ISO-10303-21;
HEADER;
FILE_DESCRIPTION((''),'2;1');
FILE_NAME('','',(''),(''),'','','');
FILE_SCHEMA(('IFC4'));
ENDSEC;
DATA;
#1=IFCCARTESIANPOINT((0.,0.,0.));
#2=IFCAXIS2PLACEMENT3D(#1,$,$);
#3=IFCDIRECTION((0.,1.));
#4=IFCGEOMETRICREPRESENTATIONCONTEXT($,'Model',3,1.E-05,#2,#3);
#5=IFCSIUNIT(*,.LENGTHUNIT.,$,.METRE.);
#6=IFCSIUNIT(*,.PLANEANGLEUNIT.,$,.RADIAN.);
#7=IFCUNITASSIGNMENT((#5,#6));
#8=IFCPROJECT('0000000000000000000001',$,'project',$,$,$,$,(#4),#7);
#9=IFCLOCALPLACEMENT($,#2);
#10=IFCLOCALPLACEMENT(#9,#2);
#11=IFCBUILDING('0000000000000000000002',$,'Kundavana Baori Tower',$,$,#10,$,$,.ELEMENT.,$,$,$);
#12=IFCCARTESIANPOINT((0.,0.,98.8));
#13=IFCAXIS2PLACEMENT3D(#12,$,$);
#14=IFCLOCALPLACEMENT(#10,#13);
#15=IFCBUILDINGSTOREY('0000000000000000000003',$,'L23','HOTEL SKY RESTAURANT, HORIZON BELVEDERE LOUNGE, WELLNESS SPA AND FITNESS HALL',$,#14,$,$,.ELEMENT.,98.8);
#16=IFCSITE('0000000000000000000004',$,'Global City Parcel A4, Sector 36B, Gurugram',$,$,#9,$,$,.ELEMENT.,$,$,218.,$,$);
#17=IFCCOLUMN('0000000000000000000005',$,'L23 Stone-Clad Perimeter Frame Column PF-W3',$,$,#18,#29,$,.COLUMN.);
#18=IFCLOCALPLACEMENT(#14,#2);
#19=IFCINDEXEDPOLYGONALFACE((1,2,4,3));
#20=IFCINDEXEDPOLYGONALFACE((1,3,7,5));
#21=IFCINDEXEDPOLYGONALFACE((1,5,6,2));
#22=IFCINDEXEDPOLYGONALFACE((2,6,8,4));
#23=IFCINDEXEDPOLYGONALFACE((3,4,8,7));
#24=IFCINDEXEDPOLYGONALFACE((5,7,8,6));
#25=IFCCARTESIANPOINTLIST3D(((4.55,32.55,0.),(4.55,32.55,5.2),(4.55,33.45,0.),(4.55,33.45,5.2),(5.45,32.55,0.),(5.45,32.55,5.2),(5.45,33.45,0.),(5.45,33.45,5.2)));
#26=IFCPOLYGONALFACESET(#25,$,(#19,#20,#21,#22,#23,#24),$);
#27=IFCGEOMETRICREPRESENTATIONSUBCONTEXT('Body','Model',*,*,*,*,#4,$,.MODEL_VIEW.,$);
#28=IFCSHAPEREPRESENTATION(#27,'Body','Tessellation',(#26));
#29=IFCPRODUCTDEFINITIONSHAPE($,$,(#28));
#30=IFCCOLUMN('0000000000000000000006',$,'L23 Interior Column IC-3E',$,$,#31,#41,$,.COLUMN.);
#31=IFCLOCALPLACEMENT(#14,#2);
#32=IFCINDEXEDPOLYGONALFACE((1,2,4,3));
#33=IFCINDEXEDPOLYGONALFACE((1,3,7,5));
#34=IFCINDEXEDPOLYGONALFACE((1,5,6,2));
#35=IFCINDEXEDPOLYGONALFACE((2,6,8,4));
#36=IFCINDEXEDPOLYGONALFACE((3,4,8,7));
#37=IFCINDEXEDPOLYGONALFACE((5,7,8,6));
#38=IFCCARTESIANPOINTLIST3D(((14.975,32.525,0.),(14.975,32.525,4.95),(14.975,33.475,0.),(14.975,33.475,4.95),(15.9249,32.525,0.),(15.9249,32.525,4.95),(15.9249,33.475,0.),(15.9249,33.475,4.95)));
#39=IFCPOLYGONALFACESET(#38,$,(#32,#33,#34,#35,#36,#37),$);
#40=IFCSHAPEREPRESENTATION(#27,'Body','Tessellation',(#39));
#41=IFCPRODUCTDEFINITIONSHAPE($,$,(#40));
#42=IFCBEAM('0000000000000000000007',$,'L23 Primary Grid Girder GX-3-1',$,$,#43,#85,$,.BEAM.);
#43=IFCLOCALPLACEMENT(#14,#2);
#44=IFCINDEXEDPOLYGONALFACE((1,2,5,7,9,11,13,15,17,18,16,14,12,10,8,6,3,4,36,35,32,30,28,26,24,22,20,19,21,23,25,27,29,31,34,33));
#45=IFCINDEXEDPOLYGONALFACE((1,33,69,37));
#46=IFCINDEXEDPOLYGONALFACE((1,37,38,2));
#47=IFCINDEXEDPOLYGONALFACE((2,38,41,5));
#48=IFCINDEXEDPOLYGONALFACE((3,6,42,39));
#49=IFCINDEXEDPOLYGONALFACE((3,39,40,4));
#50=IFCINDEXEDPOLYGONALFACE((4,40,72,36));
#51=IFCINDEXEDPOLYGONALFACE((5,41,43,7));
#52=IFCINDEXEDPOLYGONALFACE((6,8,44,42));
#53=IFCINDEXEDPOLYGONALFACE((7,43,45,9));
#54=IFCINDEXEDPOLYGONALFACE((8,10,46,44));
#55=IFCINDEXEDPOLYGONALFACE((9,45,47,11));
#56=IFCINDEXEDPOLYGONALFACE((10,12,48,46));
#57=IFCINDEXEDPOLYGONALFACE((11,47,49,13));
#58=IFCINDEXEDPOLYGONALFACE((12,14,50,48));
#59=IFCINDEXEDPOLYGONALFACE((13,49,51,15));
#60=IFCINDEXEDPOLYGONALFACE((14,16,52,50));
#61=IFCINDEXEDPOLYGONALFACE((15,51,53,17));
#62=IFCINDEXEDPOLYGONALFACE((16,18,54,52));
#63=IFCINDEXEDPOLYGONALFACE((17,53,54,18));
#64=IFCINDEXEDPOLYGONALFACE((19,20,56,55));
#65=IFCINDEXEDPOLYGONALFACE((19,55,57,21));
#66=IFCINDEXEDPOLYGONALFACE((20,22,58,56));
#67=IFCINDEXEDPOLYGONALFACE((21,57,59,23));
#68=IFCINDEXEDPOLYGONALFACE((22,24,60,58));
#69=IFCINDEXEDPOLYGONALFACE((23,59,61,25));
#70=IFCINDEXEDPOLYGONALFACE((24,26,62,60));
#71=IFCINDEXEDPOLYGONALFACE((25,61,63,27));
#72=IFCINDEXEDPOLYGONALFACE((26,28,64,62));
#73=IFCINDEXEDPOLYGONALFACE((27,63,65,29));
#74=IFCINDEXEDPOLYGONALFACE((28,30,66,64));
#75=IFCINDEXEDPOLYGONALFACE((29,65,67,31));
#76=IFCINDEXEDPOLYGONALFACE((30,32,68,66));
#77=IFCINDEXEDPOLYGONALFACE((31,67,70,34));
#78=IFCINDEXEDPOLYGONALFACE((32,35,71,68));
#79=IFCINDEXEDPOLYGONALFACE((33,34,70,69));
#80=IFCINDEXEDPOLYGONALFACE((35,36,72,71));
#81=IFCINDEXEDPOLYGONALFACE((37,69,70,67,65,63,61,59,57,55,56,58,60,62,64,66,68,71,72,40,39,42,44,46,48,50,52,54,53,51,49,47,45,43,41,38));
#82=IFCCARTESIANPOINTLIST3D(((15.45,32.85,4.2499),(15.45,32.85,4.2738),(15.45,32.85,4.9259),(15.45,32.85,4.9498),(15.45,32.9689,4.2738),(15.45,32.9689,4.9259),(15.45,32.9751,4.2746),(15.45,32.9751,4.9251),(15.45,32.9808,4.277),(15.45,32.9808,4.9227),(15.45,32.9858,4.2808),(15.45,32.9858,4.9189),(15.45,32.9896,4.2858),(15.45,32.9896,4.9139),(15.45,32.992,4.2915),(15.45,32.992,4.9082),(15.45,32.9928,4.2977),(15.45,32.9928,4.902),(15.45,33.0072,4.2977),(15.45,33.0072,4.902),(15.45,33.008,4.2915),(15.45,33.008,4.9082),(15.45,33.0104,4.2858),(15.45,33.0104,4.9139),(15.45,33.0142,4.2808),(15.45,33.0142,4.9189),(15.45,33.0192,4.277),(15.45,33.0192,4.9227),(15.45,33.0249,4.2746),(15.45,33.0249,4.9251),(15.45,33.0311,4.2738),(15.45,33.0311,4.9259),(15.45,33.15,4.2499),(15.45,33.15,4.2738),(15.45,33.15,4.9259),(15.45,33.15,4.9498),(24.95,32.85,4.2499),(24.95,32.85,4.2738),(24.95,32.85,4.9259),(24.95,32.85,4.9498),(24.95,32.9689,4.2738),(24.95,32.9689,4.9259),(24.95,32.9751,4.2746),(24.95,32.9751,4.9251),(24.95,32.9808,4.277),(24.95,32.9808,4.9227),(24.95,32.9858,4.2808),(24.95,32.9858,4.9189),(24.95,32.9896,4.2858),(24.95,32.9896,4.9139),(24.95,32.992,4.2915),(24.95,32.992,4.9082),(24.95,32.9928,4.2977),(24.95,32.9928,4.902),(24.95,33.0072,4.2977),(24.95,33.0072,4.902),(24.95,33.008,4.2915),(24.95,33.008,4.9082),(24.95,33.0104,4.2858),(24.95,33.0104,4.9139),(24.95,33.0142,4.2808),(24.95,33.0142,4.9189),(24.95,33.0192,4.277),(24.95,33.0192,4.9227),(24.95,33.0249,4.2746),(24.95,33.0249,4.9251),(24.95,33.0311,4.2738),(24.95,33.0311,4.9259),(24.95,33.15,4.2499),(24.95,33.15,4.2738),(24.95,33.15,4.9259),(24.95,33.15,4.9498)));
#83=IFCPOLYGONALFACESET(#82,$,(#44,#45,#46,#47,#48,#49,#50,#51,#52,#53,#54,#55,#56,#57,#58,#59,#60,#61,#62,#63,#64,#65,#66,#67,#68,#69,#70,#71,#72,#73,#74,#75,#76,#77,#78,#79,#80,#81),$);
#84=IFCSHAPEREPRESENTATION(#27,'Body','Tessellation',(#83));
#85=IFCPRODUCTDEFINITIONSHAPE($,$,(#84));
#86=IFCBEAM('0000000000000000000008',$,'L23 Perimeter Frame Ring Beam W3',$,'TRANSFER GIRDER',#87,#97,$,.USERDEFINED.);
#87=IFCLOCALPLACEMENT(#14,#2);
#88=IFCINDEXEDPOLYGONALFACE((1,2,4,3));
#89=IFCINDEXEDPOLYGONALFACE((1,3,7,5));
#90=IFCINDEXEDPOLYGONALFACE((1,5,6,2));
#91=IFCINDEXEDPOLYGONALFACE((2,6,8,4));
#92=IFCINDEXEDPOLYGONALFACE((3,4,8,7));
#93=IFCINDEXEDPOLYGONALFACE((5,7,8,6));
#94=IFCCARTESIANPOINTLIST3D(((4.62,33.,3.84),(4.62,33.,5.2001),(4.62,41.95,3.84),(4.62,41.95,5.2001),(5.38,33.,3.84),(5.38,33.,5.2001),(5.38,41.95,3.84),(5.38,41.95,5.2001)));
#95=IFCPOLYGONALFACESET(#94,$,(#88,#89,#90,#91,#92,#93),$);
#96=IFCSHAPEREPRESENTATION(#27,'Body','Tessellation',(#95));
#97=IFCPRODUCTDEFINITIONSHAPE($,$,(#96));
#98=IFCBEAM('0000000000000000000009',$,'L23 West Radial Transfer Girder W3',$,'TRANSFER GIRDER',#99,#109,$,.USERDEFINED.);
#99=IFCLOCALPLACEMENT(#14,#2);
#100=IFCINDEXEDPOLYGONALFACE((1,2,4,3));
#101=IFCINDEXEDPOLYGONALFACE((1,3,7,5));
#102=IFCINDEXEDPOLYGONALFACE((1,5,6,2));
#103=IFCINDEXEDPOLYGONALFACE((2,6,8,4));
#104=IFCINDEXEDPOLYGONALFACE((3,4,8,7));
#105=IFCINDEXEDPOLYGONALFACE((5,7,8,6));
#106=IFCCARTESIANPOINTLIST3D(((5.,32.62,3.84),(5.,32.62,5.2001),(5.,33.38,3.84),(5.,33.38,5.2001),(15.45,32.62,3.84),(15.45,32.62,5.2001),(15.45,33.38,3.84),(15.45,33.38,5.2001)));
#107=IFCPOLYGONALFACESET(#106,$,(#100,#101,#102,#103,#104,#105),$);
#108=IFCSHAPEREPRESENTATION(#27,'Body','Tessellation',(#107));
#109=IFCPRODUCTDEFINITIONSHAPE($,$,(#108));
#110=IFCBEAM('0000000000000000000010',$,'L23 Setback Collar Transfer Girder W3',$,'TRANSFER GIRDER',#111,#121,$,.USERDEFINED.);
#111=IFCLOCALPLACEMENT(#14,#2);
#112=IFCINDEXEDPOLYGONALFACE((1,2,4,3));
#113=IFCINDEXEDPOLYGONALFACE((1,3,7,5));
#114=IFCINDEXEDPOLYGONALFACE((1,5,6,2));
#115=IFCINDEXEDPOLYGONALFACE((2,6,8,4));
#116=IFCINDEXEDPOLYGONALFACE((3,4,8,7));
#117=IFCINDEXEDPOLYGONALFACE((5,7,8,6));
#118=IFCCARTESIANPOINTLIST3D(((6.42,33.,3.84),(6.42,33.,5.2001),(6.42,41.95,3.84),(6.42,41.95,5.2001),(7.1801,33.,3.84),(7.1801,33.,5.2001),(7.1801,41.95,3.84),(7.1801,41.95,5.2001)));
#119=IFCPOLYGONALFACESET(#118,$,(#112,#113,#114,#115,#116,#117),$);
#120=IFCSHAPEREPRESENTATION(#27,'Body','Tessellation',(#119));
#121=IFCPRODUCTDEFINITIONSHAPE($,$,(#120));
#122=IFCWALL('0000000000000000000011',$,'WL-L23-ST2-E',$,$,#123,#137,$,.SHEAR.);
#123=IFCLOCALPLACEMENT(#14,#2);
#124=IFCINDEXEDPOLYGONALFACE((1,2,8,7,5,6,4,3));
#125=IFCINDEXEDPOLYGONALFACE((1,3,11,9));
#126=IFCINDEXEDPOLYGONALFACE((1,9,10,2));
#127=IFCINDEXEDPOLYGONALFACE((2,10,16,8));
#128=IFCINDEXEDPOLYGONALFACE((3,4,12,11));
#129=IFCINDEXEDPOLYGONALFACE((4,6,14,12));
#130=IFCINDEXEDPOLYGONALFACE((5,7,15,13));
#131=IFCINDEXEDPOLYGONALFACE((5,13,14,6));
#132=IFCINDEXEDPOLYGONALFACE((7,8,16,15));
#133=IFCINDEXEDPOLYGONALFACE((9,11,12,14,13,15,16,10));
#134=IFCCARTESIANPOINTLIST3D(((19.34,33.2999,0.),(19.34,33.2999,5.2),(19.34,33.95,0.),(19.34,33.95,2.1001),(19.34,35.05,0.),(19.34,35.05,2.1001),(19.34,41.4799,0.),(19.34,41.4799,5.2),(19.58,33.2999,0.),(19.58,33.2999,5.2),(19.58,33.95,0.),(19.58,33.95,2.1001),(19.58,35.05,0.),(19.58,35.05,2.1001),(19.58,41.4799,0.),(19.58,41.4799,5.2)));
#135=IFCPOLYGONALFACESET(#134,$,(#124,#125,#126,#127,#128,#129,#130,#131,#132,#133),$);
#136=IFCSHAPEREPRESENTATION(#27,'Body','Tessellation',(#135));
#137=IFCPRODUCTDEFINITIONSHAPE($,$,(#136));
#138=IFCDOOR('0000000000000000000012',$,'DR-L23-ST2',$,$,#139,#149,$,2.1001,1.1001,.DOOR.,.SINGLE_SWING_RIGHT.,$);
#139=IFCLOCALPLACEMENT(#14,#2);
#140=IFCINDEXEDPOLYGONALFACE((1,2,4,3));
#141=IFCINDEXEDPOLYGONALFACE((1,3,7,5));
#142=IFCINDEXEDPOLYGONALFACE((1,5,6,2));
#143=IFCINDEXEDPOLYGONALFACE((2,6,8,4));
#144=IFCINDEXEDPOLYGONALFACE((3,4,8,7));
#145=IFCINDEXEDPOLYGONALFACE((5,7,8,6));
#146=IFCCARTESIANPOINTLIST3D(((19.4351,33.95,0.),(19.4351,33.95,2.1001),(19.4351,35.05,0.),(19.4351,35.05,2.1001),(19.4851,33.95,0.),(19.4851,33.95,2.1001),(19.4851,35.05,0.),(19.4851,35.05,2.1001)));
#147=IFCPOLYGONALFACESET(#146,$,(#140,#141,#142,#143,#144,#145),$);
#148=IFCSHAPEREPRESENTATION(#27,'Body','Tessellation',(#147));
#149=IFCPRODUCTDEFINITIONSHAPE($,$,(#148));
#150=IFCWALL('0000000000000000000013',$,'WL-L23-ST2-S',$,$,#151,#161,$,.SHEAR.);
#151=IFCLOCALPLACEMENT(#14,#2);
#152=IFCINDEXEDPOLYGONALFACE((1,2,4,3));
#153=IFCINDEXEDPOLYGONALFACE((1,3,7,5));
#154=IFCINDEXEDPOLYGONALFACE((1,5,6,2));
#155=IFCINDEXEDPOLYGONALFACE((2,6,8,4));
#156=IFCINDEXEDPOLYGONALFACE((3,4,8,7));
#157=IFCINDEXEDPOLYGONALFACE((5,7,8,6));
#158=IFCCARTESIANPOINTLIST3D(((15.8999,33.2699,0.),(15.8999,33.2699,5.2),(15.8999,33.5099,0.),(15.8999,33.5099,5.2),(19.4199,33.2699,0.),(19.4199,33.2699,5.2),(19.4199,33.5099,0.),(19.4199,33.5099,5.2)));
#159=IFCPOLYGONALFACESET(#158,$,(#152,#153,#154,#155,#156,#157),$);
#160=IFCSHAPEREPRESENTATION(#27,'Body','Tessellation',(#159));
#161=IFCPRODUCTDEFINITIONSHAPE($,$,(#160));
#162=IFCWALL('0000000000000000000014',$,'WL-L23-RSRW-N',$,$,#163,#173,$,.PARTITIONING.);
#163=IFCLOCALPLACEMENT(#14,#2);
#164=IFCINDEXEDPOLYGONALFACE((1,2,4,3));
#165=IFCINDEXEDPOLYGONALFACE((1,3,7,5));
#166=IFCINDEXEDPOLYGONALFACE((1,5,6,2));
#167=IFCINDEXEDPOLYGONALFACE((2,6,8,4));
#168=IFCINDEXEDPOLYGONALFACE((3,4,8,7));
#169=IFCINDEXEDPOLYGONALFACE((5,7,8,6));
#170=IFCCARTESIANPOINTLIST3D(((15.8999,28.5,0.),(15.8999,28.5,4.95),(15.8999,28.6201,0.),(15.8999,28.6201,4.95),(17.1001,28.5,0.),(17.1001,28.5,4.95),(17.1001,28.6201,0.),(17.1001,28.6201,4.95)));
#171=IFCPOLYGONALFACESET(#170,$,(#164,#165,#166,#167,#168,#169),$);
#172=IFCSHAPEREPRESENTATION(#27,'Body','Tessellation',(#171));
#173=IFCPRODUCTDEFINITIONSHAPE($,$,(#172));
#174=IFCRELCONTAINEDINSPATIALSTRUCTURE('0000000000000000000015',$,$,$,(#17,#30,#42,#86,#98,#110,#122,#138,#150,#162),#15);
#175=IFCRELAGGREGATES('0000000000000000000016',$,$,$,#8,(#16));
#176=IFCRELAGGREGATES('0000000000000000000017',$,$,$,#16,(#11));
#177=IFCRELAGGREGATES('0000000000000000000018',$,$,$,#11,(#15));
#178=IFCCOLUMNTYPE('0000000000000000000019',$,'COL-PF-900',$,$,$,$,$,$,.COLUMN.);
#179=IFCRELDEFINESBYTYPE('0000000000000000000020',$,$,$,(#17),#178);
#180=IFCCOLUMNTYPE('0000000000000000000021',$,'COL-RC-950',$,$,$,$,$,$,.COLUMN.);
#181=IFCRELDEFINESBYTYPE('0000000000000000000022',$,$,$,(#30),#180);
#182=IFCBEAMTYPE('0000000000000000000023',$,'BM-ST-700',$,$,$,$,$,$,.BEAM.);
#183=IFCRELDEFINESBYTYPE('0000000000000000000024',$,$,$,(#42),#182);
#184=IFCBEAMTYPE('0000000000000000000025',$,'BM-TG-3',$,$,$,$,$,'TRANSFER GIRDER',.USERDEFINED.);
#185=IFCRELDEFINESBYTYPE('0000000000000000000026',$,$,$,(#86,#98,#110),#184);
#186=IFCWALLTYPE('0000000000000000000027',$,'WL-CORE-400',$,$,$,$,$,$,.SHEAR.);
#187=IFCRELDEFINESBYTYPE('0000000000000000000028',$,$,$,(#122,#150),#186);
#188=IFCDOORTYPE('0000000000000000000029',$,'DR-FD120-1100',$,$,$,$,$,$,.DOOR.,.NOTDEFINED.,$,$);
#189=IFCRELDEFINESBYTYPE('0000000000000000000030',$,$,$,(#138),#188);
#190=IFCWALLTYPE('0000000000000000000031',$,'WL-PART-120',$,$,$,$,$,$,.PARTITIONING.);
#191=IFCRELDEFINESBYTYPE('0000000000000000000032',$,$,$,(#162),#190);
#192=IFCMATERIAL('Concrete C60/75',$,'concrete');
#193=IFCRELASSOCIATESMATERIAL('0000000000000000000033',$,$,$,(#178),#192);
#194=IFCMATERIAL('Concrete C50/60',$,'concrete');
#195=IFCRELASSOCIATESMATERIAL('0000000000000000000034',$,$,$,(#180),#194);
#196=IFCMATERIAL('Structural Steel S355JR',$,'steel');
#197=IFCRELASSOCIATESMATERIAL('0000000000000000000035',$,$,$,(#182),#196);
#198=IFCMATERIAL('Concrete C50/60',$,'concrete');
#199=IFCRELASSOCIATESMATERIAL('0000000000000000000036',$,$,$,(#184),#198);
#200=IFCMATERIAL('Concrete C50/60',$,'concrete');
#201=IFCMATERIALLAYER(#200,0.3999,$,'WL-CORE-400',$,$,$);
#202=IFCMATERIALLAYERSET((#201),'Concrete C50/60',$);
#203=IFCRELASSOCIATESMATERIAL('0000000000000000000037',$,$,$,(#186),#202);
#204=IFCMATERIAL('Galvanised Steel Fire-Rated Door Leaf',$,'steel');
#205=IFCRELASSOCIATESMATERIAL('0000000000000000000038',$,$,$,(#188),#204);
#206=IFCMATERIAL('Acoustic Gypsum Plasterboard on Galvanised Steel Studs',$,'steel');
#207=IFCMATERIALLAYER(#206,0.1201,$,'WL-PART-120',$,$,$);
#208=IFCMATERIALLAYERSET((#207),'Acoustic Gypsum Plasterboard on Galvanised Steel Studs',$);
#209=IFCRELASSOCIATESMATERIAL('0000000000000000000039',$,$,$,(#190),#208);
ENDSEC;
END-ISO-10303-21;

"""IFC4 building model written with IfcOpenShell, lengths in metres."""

from ifc_helpers import new_model, si_unit, direction, frame, frame_2d, origin, origin_2d, place, context, subcontext, project, spatial, rectangle, i_section, extrude, material, layer, layer_set, material_profile, profile_set, type_object, element, fill, save


model = new_model("IFC4")

# Units and contexts
model_context = context("Model", 3, precision=1e-05, world=origin(), true_north=direction((0.0, 1.0)))
body_context = subcontext(model_context, "Body", "Model", "MODEL_VIEW")
ifc_project = project(units=[si_unit("LENGTHUNIT", "METRE"), si_unit("PLANEANGLEUNIT", "RADIAN")], contexts=[model_context])

# Site, building, storey
site_placement = place(None, origin())
site = spatial("IfcSite", under=ifc_project, at=site_placement, Name="Global City Parcel A4, Sector 36B, Gurugram", CompositionType="ELEMENT", RefElevation=218.0)
building_placement = place(site_placement, origin())
building = spatial("IfcBuilding", under=site, at=building_placement, Name="Kundavana Baori Tower", CompositionType="ELEMENT")
storey_placement = place(building_placement, frame((0.0, 0.0, 98.8)))
storey = spatial("IfcBuildingStorey", under=building, at=storey_placement, Name="L23", Description="HOTEL SKY RESTAURANT, HORIZON BELVEDERE LOUNGE, WELLNESS SPA AND FITNESS HALL", CompositionType="ELEMENT", Elevation=98.8)

# Columns
ifc_material_1 = material(Name="Concrete C60/75", Category="concrete")
ifc_material_profile_1 = material_profile(ifc_material_1, rectangle(XDim=0.8999, YDim=0.8999, at=origin_2d()), Name="RC PF 900x900")
ifc_profile_set_1 = profile_set([ifc_material_profile_1], Name="Concrete C60/75")
column_type_1 = type_object("IfcColumnType", Name="COL-PF-900", PredefinedType="COLUMN", material=ifc_profile_set_1)
column_1_placement = place(storey_placement, frame((5.0, 33.0, 0.0), z_axis=(0.0, 0.0, 1.0), x_axis=(1.0, 0.0, 0.0)))
element("IfcColumn", 1, at=column_1_placement, inside=storey, type_object=column_type_1, Name="L23 Stone-Clad Perimeter Frame Column PF-W3", PredefinedType="COLUMN", context=body_context, shape_type="SweptSolid", body=[
    extrude(rectangle(XDim=0.8999, YDim=0.8999, at=origin_2d()), origin(), (0.0, 0.0, 1.0), 5.2),
])
ifc_material_2 = material(Name="Concrete C50/60", Category="concrete")
ifc_material_profile_2 = material_profile(ifc_material_2, rectangle(XDim=0.95, YDim=0.95, at=origin_2d()), Name="RC 950x950")
ifc_profile_set_2 = profile_set([ifc_material_profile_2], Name="Concrete C50/60")
column_type_2 = type_object("IfcColumnType", Name="COL-RC-950", PredefinedType="COLUMN", material=ifc_profile_set_2)
column_2_placement = place(storey_placement, frame((15.45, 33.0, 0.0), z_axis=(0.0, 0.0, 1.0), x_axis=(1.0, 0.0, 0.0)))
element("IfcColumn", 2, at=column_2_placement, inside=storey, type_object=column_type_2, Name="L23 Interior Column IC-3E", PredefinedType="COLUMN", context=body_context, shape_type="SweptSolid", body=[
    extrude(rectangle(XDim=0.95, YDim=0.95, at=origin_2d()), origin(), (0.0, 0.0, 1.0), 4.95),
])

# Beams
ifc_material_3 = material(Name="Structural Steel S355JR", Category="steel")
ifc_material_profile_3 = material_profile(ifc_material_3, i_section(OverallWidth=0.3, OverallDepth=0.7, WebThickness=0.0144, FlangeThickness=0.0239, FilletRadius=0.0239, at=origin_2d()), Name="NPB 700x300x170")
ifc_profile_set_3 = profile_set([ifc_material_profile_3], Name="Structural Steel S355JR")
beam_type_1 = type_object("IfcBeamType", Name="BM-ST-700", PredefinedType="BEAM", material=ifc_profile_set_3)
beam_1_placement = place(storey_placement, frame((15.45, 33.0, 4.5999), z_axis=(1.0, 0.0, 0.0), x_axis=(0.0, 1.0, 0.0)))
element("IfcBeam", 3, at=beam_1_placement, inside=storey, type_object=beam_type_1, Name="L23 Primary Grid Girder GX-3-1", PredefinedType="BEAM", context=body_context, shape_type="SweptSolid", body=[
    extrude(i_section(OverallWidth=0.3, OverallDepth=0.7, WebThickness=0.0144, FlangeThickness=0.0239, FilletRadius=0.0239, at=origin_2d()), origin(), (0.0, 0.0, 1.0), 9.5),
])
ifc_material_4 = material(Name="Concrete C50/60", Category="concrete")
ifc_material_profile_4 = material_profile(ifc_material_4, rectangle(XDim=0.76, YDim=1.3601, at=origin_2d()), Name="BM-TG-3")
ifc_profile_set_4 = profile_set([ifc_material_profile_4], Name="Concrete C50/60")
beam_type_2 = type_object("IfcBeamType", Name="BM-TG-3", ElementType="TRANSFER GIRDER", PredefinedType="USERDEFINED", material=ifc_profile_set_4)
beam_2_placement = place(storey_placement, frame((5.0, 33.0, 4.52), z_axis=(0.0, 1.0, 0.0), x_axis=(-1.0, 0.0, 0.0)))
element("IfcBeam", 4, at=beam_2_placement, inside=storey, type_object=beam_type_2, Name="L23 Perimeter Frame Ring Beam W3", ObjectType="TRANSFER GIRDER", PredefinedType="USERDEFINED", context=body_context, shape_type="SweptSolid", body=[
    extrude(rectangle(XDim=0.76, YDim=1.3601, at=origin_2d()), origin(), (0.0, 0.0, 1.0), 8.95),
])
beam_3_placement = place(storey_placement, frame((15.45, 33.0, 4.52), z_axis=(-1.0, 0.0, 0.0), x_axis=(0.0, -1.0, 0.0)))
element("IfcBeam", 5, at=beam_3_placement, inside=storey, type_object=beam_type_2, Name="L23 West Radial Transfer Girder W3", ObjectType="TRANSFER GIRDER", PredefinedType="USERDEFINED", context=body_context, shape_type="SweptSolid", body=[
    extrude(rectangle(XDim=0.76, YDim=1.3601, at=origin_2d()), origin(), (0.0, 0.0, 1.0), 10.45),
])
beam_4_placement = place(storey_placement, frame((6.8, 33.0, 4.52), z_axis=(0.0, 1.0, 0.0), x_axis=(-1.0, 0.0, 0.0)))
element("IfcBeam", 6, at=beam_4_placement, inside=storey, type_object=beam_type_2, Name="L23 Setback Collar Transfer Girder W3", ObjectType="TRANSFER GIRDER", PredefinedType="USERDEFINED", context=body_context, shape_type="SweptSolid", body=[
    extrude(rectangle(XDim=0.76, YDim=1.3601, at=origin_2d()), origin(), (0.0, 0.0, 1.0), 8.95),
])

# Wall, opening, door
ifc_material_5 = material(Name="Concrete C50/60", Category="concrete")
ifc_layer_1 = layer(ifc_material_5, 0.3999, Name="WL-CORE-400")
ifc_layer_set_1 = layer_set([ifc_layer_1], Name="Concrete C50/60")
wall_type_1 = type_object("IfcWallType", Name="WL-CORE-400", PredefinedType="SHEAR", material=ifc_layer_set_1)
wall_1_placement = place(storey_placement, frame((19.46, 33.3, 0.0), z_axis=(0.0, 0.0, 1.0), x_axis=(0.0, 1.0, 0.0)))
wall_1 = element("IfcWall", 7, at=wall_1_placement, inside=storey, type_object=wall_type_1, Name="WL-L23-ST2-E", PredefinedType="SHEAR", context=body_context, shape_type="SweptSolid", body=[
    extrude(rectangle(XDim=8.1799, YDim=0.24, at=frame_2d((4.0898, 0.0))), origin(), (0.0, 0.0, 1.0), 5.2),
])
opening_1_placement = place(wall_1_placement, frame((0.6499, 0.0, 0.0)))
opening_1 = element("IfcOpeningElement", 8, at=opening_1_placement, cuts=wall_1, PredefinedType="OPENING", context=body_context, shape_type="SweptSolid", body=[
    extrude(rectangle(XDim=1.1001, YDim=2.1001, at=frame_2d((0.55, 1.05))), frame((0.0, 0.1299, 0.0), z_axis=(0.0, -1.0, 0.0), x_axis=(1.0, 0.0, 0.0)), (0.0, 0.0, 1.0), 0.26),
])
ifc_material_6 = material(Name="Galvanised Steel Fire-Rated Door Leaf", Category="steel")
door_type_1 = type_object("IfcDoorType", Name="DR-FD120-1100", OperationType="NOTDEFINED", PredefinedType="DOOR", material=ifc_material_6)
door_1_placement = place(opening_1_placement, origin())
door_1 = element("IfcDoor", 9, at=door_1_placement, inside=storey, type_object=door_type_1, Name="DR-L23-ST2", OperationType="SINGLE_SWING_RIGHT", OverallHeight=2.1001, OverallWidth=1.1001, PredefinedType="DOOR", context=body_context, shape_type="SweptSolid", body=[
    extrude(rectangle(XDim=1.1001, YDim=2.1001, at=frame_2d((0.55, 1.05))), frame((0.0, 0.0249, 0.0), z_axis=(0.0, -1.0, 0.0), x_axis=(1.0, 0.0, 0.0)), (0.0, 0.0, 1.0), 0.05),
])
fill(opening_1, door_1)

# Walls
wall_2_placement = place(storey_placement, frame((15.8999, 33.3899, 0.0), z_axis=(0.0, 0.0, 1.0), x_axis=(1.0, 0.0, 0.0)))
element("IfcWall", 10, at=wall_2_placement, inside=storey, type_object=wall_type_1, Name="WL-L23-ST2-S", PredefinedType="SHEAR", context=body_context, shape_type="SweptSolid", body=[
    extrude(rectangle(XDim=3.52, YDim=0.24, at=frame_2d((1.76, 0.0))), origin(), (0.0, 0.0, 1.0), 5.2),
])
ifc_material_7 = material(Name="Acoustic Gypsum Plasterboard on Galvanised Steel Studs", Category="steel")
ifc_layer_2 = layer(ifc_material_7, 0.1201, Name="WL-PART-120")
ifc_layer_set_2 = layer_set([ifc_layer_2], Name="Acoustic Gypsum Plasterboard on Galvanised Steel Studs")
wall_type_2 = type_object("IfcWallType", Name="WL-PART-120", PredefinedType="PARTITIONING", material=ifc_layer_set_2)
wall_3_placement = place(storey_placement, frame((15.8999, 28.5601, 0.0), z_axis=(0.0, 0.0, 1.0), x_axis=(1.0, 0.0, 0.0)))
element("IfcWall", 11, at=wall_3_placement, inside=storey, type_object=wall_type_2, Name="WL-L23-RSRW-N", PredefinedType="PARTITIONING", context=body_context, shape_type="SweptSolid", body=[
    extrude(rectangle(XDim=1.2002, YDim=0.1201, at=frame_2d((0.6001, 0.0))), origin(), (0.0, 0.0, 1.0), 4.95),
])

save(model, "model.ifc")
